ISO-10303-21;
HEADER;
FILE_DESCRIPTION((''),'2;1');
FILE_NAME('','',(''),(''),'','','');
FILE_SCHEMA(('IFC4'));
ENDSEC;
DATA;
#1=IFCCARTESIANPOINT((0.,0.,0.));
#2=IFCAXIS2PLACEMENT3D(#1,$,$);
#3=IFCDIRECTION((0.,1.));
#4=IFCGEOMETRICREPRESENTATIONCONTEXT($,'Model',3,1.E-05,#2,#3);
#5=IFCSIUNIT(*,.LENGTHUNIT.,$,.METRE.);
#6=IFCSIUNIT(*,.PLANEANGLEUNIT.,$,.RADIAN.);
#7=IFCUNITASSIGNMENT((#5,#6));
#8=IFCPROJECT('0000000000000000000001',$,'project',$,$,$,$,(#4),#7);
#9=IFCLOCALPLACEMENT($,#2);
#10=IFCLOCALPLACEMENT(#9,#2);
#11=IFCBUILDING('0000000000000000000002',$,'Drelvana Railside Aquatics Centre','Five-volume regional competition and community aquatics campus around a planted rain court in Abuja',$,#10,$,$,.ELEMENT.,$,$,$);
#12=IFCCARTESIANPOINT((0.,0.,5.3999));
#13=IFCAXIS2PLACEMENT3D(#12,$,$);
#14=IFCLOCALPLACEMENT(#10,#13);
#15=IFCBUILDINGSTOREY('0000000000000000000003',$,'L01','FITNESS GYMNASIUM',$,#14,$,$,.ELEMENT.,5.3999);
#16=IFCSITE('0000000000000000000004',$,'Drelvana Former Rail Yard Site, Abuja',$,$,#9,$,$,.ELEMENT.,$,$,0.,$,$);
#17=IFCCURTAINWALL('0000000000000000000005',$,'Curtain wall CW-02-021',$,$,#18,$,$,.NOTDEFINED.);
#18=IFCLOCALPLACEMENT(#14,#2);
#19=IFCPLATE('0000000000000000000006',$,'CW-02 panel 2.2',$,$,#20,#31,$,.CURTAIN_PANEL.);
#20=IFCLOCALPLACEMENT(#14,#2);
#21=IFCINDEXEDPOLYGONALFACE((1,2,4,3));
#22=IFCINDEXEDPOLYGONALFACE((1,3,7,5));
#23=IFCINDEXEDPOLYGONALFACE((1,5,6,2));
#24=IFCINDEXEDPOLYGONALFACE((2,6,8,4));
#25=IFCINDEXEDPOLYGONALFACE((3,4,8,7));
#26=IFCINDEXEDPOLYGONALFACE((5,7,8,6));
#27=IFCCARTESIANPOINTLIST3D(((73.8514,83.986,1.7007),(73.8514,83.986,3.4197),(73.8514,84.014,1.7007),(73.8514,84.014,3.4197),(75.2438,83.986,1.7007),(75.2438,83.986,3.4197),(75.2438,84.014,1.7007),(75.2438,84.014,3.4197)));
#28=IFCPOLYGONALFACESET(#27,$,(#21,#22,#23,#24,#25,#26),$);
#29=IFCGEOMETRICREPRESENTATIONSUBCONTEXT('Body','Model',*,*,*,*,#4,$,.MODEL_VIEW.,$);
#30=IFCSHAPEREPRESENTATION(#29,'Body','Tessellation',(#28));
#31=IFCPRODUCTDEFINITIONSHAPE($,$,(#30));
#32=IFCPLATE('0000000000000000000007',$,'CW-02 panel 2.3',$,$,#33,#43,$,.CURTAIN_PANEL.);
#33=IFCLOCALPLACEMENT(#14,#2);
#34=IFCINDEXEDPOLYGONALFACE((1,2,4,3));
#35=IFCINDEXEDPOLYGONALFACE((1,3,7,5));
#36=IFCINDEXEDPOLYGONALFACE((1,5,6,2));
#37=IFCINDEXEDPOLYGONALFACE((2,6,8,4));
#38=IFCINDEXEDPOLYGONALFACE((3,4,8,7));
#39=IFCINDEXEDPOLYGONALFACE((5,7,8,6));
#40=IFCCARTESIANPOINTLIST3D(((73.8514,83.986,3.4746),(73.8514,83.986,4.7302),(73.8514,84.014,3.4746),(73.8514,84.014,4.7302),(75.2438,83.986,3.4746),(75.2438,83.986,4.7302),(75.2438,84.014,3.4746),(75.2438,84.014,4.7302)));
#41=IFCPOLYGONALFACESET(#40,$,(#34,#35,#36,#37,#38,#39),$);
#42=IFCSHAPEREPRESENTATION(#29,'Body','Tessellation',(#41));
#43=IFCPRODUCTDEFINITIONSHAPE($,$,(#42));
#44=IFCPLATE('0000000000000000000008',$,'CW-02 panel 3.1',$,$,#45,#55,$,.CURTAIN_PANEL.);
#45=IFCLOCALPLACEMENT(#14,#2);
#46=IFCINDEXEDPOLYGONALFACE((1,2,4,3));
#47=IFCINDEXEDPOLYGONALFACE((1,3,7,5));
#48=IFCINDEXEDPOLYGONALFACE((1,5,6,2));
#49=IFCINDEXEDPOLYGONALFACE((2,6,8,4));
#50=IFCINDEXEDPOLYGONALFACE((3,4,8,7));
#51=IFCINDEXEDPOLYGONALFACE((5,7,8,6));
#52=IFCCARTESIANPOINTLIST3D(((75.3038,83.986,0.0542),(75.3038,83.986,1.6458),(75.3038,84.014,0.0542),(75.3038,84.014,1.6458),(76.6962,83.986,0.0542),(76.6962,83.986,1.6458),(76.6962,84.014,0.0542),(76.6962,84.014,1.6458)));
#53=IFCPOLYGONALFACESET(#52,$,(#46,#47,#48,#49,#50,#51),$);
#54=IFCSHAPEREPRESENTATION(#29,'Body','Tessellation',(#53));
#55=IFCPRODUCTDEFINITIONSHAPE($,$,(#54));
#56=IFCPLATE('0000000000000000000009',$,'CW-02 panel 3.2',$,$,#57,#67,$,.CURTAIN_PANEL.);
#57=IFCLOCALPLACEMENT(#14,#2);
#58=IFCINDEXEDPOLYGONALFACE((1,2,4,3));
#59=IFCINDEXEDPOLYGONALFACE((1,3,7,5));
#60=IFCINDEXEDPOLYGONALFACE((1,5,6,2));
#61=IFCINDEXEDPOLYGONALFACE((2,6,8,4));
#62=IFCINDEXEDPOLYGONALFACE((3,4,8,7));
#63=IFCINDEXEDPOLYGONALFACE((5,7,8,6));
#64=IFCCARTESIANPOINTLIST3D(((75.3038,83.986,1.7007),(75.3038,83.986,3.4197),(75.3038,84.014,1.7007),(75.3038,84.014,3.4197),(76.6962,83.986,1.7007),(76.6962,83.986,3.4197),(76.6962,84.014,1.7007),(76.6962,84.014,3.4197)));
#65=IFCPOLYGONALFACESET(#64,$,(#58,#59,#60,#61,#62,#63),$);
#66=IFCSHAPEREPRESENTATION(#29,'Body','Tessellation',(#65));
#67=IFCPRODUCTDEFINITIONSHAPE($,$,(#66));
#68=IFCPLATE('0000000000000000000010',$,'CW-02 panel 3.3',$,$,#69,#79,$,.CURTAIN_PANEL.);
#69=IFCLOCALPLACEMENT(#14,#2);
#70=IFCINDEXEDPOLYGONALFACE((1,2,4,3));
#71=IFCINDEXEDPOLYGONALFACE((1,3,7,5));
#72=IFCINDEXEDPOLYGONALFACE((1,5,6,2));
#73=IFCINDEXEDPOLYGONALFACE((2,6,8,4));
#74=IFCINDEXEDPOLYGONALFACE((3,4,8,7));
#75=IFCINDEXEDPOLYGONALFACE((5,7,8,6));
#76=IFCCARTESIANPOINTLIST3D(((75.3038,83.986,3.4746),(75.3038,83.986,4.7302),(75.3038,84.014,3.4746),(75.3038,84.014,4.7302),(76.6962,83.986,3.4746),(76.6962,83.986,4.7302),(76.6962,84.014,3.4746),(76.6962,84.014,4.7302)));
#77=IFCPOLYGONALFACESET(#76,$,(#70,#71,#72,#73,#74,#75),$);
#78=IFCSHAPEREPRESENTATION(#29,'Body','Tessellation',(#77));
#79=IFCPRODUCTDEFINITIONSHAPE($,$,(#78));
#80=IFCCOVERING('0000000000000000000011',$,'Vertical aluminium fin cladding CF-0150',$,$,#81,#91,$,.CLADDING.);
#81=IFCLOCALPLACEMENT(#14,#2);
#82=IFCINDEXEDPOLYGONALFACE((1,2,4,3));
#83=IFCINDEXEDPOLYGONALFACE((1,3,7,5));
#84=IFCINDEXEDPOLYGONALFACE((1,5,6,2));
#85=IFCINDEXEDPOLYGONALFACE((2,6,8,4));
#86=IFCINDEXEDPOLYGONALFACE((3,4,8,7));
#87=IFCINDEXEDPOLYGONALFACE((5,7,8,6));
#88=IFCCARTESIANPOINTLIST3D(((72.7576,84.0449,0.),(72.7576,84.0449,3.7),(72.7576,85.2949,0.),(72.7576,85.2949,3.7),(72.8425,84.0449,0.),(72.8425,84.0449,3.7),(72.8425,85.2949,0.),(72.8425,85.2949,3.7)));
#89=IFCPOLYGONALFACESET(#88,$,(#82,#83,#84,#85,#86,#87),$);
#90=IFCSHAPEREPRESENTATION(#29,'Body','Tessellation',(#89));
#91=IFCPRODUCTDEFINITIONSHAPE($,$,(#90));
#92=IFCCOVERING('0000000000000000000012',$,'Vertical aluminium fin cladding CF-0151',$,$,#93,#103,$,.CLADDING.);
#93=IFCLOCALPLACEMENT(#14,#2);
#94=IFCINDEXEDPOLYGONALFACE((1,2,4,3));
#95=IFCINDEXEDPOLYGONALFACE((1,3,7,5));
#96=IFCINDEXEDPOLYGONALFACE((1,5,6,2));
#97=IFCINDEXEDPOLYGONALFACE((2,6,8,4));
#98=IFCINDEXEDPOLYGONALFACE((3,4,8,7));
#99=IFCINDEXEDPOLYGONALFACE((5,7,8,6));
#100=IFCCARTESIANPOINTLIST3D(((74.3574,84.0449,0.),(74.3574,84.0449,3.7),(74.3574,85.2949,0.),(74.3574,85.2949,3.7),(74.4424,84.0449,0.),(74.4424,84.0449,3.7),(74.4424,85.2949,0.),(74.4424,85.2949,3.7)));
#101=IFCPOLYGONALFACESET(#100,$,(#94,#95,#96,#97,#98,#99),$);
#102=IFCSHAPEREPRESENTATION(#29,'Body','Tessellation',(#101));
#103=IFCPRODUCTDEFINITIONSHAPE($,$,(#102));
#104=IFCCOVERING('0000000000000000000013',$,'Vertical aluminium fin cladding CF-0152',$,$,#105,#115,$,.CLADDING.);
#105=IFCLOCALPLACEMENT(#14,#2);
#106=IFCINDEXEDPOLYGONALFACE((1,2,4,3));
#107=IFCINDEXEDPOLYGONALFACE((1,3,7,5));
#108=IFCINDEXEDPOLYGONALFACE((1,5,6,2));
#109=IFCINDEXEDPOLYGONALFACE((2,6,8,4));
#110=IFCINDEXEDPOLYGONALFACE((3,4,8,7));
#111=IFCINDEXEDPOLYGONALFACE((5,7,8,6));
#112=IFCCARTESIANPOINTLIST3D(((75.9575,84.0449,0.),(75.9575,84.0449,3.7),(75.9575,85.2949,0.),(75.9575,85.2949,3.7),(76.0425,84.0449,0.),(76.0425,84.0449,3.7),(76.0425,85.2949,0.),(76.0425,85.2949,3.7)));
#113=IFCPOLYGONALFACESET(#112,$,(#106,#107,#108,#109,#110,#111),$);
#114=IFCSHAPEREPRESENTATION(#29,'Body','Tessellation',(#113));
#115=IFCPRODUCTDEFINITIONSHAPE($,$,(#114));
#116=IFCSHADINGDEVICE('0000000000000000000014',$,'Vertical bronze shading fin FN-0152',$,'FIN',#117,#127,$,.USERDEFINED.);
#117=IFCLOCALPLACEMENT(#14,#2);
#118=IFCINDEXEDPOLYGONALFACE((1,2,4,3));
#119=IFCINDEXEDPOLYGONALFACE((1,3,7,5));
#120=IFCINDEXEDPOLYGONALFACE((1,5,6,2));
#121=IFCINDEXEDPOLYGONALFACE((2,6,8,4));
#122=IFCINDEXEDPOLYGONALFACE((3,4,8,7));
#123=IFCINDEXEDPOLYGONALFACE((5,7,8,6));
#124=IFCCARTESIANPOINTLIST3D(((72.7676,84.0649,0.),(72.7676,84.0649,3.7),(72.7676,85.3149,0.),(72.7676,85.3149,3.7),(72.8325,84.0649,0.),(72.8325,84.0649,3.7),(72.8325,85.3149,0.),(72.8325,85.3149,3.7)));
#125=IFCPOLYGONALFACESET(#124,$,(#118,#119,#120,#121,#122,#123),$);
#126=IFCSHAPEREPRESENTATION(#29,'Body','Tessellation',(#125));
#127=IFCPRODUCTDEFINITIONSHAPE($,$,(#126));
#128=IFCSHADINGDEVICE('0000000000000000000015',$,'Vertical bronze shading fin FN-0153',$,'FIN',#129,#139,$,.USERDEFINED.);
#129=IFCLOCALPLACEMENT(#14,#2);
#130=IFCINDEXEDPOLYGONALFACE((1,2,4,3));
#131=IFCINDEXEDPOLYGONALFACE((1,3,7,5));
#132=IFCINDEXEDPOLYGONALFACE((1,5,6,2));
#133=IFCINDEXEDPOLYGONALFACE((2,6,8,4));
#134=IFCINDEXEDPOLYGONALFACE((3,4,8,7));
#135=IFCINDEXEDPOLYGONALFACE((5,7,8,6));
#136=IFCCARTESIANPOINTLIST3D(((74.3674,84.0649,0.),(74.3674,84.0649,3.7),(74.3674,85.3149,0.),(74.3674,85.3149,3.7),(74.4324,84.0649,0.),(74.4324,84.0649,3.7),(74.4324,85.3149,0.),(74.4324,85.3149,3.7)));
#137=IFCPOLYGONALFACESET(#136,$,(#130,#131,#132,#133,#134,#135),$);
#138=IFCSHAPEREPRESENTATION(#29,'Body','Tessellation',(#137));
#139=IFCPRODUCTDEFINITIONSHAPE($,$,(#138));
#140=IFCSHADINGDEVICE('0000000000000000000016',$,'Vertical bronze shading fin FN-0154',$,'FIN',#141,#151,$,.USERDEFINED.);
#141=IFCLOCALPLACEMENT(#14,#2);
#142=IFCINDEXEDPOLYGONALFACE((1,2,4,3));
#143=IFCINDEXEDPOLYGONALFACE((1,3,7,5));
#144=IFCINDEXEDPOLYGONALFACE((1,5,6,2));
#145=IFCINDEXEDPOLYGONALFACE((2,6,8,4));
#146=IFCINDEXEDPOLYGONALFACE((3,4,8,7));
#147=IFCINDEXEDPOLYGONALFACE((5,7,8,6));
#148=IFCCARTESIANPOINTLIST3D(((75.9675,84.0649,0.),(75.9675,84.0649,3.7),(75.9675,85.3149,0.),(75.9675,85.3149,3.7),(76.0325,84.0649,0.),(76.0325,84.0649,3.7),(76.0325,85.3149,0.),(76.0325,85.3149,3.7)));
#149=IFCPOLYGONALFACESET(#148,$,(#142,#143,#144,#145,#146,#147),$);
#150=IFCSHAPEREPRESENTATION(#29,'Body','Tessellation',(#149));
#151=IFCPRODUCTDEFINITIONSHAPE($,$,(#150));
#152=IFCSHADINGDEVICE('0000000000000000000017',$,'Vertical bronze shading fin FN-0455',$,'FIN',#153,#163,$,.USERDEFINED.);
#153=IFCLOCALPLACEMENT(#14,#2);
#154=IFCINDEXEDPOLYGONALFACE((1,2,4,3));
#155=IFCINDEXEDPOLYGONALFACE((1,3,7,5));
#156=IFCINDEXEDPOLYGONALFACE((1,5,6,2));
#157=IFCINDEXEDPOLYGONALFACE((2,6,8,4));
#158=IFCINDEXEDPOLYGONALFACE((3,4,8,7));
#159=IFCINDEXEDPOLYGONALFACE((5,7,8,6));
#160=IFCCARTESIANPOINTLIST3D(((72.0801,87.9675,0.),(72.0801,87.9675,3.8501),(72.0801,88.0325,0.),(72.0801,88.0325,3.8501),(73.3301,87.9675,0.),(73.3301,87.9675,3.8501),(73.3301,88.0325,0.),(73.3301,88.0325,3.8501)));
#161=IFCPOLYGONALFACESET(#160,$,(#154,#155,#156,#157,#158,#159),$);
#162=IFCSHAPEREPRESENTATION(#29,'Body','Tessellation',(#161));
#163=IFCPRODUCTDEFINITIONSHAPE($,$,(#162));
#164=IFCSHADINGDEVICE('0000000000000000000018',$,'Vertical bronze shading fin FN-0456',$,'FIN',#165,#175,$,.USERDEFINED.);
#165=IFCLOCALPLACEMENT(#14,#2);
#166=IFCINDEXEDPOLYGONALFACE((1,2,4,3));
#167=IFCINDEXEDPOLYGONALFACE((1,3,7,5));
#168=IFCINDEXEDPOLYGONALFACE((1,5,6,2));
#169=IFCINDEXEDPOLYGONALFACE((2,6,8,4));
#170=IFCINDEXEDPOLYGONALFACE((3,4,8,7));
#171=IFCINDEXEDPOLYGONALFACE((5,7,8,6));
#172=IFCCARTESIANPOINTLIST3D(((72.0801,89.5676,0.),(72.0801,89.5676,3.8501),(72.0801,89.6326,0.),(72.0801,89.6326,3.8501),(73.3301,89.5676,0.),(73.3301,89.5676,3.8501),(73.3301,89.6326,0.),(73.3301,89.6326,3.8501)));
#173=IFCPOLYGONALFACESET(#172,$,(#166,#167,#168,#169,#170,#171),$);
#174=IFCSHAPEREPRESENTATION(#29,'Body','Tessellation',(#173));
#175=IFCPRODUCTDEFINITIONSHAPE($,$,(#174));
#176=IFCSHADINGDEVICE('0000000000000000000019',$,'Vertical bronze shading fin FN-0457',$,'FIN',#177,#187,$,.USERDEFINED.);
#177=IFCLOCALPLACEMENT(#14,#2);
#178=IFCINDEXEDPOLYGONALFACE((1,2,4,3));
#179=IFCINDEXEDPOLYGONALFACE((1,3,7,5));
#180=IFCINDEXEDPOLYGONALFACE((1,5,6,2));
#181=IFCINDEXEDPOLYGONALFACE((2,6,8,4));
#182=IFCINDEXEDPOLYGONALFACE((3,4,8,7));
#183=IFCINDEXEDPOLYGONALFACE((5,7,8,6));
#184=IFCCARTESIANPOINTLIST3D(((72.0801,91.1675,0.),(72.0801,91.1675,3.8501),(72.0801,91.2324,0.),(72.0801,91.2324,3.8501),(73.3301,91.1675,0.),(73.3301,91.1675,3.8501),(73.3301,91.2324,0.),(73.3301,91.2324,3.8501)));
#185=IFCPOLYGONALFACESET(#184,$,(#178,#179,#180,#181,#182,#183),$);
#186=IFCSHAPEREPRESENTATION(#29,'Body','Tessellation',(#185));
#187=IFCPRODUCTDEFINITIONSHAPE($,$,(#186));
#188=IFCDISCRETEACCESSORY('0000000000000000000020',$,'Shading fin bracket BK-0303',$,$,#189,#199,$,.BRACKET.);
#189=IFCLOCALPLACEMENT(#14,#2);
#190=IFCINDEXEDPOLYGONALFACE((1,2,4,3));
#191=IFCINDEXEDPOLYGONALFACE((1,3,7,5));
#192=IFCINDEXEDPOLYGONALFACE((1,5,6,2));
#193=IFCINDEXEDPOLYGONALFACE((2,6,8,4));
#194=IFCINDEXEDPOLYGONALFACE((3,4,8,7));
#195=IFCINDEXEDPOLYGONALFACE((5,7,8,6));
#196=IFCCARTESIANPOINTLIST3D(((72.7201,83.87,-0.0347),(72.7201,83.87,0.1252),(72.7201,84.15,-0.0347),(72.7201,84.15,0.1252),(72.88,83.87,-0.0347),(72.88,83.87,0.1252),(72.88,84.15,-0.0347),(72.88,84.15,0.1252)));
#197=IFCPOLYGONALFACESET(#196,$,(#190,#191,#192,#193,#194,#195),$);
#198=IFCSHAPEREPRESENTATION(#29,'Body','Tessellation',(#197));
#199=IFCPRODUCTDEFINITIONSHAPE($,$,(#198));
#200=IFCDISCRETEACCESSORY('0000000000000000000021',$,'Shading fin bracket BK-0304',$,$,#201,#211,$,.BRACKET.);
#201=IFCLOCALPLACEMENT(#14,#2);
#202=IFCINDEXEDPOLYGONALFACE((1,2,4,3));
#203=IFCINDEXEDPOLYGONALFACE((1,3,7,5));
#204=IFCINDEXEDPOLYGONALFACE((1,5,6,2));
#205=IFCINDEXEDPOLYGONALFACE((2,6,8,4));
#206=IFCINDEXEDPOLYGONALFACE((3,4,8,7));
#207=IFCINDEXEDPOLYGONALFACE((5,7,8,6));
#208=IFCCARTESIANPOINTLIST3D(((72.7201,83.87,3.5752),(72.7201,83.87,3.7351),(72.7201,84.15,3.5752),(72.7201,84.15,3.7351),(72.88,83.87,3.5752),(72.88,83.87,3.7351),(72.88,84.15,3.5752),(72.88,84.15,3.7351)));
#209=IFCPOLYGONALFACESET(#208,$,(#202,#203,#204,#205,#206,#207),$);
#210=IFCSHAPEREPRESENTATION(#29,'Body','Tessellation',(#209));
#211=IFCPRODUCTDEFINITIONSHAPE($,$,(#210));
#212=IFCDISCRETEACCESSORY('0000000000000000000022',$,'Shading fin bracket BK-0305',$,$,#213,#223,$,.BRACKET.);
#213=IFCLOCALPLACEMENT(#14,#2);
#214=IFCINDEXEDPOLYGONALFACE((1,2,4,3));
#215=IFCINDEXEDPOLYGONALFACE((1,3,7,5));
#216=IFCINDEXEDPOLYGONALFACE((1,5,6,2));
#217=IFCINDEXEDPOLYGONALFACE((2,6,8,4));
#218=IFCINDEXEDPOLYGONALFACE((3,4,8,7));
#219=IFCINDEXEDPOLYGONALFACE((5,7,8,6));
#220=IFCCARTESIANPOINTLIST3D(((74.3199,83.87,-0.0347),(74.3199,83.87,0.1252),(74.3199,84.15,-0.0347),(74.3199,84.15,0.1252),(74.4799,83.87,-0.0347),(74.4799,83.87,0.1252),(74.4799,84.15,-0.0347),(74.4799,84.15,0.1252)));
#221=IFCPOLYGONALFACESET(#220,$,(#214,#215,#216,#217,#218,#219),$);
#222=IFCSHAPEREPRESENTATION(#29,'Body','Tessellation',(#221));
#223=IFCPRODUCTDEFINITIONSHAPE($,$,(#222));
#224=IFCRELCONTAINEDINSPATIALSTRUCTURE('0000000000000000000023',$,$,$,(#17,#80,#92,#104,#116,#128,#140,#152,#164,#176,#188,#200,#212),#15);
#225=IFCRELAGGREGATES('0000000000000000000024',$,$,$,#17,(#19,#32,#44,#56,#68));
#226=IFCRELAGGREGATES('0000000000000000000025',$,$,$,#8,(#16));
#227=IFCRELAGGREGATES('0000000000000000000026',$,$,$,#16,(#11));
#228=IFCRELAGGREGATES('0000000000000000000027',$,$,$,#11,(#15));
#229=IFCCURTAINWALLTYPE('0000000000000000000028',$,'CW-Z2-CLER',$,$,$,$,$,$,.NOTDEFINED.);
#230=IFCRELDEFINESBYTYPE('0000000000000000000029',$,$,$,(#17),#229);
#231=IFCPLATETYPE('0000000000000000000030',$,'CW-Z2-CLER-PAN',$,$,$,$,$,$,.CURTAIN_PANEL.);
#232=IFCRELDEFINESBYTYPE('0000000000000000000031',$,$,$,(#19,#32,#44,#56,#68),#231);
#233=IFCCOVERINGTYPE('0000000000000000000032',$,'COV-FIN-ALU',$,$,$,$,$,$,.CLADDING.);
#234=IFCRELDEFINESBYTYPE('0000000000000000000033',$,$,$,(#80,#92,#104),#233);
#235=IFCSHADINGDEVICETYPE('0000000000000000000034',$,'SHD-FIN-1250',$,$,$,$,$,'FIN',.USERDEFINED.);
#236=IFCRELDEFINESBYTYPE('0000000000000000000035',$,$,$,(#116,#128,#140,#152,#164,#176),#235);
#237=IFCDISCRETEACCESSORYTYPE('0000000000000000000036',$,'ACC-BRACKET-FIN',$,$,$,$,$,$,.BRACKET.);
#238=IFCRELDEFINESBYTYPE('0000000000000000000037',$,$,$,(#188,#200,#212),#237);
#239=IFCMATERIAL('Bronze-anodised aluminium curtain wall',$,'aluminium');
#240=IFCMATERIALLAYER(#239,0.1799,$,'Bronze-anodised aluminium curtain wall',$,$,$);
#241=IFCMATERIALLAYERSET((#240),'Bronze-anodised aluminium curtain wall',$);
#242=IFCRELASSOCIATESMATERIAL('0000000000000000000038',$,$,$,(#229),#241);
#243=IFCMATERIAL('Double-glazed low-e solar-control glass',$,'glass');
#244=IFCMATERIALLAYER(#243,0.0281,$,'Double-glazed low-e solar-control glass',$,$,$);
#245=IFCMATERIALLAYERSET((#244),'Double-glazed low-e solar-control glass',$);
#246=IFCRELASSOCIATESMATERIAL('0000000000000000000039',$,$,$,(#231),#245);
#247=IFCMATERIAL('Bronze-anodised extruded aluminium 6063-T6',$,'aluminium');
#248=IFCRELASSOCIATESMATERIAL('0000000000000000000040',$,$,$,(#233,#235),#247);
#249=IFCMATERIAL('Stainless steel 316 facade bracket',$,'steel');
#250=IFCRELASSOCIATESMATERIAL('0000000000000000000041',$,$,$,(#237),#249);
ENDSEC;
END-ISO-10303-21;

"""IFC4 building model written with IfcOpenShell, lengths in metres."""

from ifc_helpers import new_model, si_unit, direction, frame, origin, origin_2d, place, context, subcontext, project, spatial, rectangle, extrude, material, layer, layer_set, type_object, element, aggregate, save


model = new_model("IFC4")

# Units and contexts
model_context = context("Model", 3, precision=1e-05, world=origin(), true_north=direction((0.0, 1.0)))
body_context = subcontext(model_context, "Body", "Model", "MODEL_VIEW")
ifc_project = project(units=[si_unit("LENGTHUNIT", "METRE"), si_unit("PLANEANGLEUNIT", "RADIAN")], contexts=[model_context])

# Site, building, storey
site_placement = place(None, origin())
site = spatial("IfcSite", under=ifc_project, at=site_placement, Name="Drelvana Former Rail Yard Site, Abuja", CompositionType="ELEMENT", RefElevation=0.0)
building_placement = place(site_placement, origin())
building = spatial("IfcBuilding", under=site, at=building_placement, Name="Drelvana Railside Aquatics Centre", Description="Five-volume regional competition and community aquatics campus around a planted rain court in Abuja", CompositionType="ELEMENT")
storey_placement = place(building_placement, frame((0.0, 0.0, 5.3999)))
storey = spatial("IfcBuildingStorey", under=building, at=storey_placement, Name="L01", Description="FITNESS GYMNASIUM", CompositionType="ELEMENT", Elevation=5.3999)

# Curtain wall, plates
ifc_material_1 = material(Name="Bronze-anodised aluminium curtain wall", Category="aluminium")
ifc_layer_1 = layer(ifc_material_1, 0.1799, Name="Bronze-anodised aluminium curtain wall")
ifc_layer_set_1 = layer_set([ifc_layer_1], Name="Bronze-anodised aluminium curtain wall")
curtain_wall_type = type_object("IfcCurtainWallType", Name="CW-Z2-CLER", PredefinedType="NOTDEFINED", material=ifc_layer_set_1)
curtain_wall_placement = place(storey_placement, origin())
curtain_wall = element("IfcCurtainWall", 1, at=curtain_wall_placement, inside=storey, type_object=curtain_wall_type, Name="Curtain wall CW-02-021", PredefinedType="NOTDEFINED")
ifc_material_2 = material(Name="Double-glazed low-e solar-control glass", Category="glass")
ifc_layer_2 = layer(ifc_material_2, 0.0281, Name="Double-glazed low-e solar-control glass")
ifc_layer_set_2 = layer_set([ifc_layer_2], Name="Double-glazed low-e solar-control glass")
plate_type = type_object("IfcPlateType", Name="CW-Z2-CLER-PAN", PredefinedType="CURTAIN_PANEL", material=ifc_layer_set_2)
plate_1_placement = place(storey_placement, frame((74.5476, 84.0, 1.7007), z_axis=(0.0, 0.0, 1.0), x_axis=(1.0, 0.0, 0.0)))
plate_1 = element("IfcPlate", 2, at=plate_1_placement, type_object=plate_type, Name="CW-02 panel 2.2", PredefinedType="CURTAIN_PANEL", context=body_context, shape_type="SweptSolid", body=[
    extrude(rectangle(XDim=1.3923, YDim=0.0281, at=origin_2d()), origin(), (0.0, 0.0, 1.0), 1.719),
])
plate_2_placement = place(storey_placement, frame((74.5476, 84.0, 3.4746), z_axis=(0.0, 0.0, 1.0), x_axis=(1.0, 0.0, 0.0)))
plate_2 = element("IfcPlate", 3, at=plate_2_placement, type_object=plate_type, Name="CW-02 panel 2.3", PredefinedType="CURTAIN_PANEL", context=body_context, shape_type="SweptSolid", body=[
    extrude(rectangle(XDim=1.3923, YDim=0.0281, at=origin_2d()), origin(), (0.0, 0.0, 1.0), 1.2556),
])
plate_3_placement = place(storey_placement, frame((76.0, 84.0, 0.0542), z_axis=(0.0, 0.0, 1.0), x_axis=(1.0, 0.0, 0.0)))
plate_3 = element("IfcPlate", 4, at=plate_3_placement, type_object=plate_type, Name="CW-02 panel 3.1", PredefinedType="CURTAIN_PANEL", context=body_context, shape_type="SweptSolid", body=[
    extrude(rectangle(XDim=1.3923, YDim=0.0281, at=origin_2d()), origin(), (0.0, 0.0, 1.0), 1.5916),
])
plate_4_placement = place(storey_placement, frame((76.0, 84.0, 1.7007), z_axis=(0.0, 0.0, 1.0), x_axis=(1.0, 0.0, 0.0)))
plate_4 = element("IfcPlate", 5, at=plate_4_placement, type_object=plate_type, Name="CW-02 panel 3.2", PredefinedType="CURTAIN_PANEL", context=body_context, shape_type="SweptSolid", body=[
    extrude(rectangle(XDim=1.3923, YDim=0.0281, at=origin_2d()), origin(), (0.0, 0.0, 1.0), 1.719),
])
plate_5_placement = place(storey_placement, frame((76.0, 84.0, 3.4746), z_axis=(0.0, 0.0, 1.0), x_axis=(1.0, 0.0, 0.0)))
plate_5 = element("IfcPlate", 6, at=plate_5_placement, type_object=plate_type, Name="CW-02 panel 3.3", PredefinedType="CURTAIN_PANEL", context=body_context, shape_type="SweptSolid", body=[
    extrude(rectangle(XDim=1.3923, YDim=0.0281, at=origin_2d()), origin(), (0.0, 0.0, 1.0), 1.2556),
])
aggregate(curtain_wall, [plate_1, plate_2, plate_3, plate_4, plate_5])

# Coverings
ifc_material_3 = material(Name="Bronze-anodised extruded aluminium 6063-T6", Category="aluminium")
covering_type = type_object("IfcCoveringType", Name="COV-FIN-ALU", PredefinedType="CLADDING", material=ifc_material_3)
for number, where, z_axis, x_axis, name in (
    (7, (72.8, 84.6699, 0.0), (0.0, 0.0, 1.0), (1.0, 0.0, 0.0), "Vertical aluminium fin cladding CF-0150"),
    (8, (74.3999, 84.6699, 0.0), (0.0, 0.0, 1.0), (1.0, 0.0, 0.0), "Vertical aluminium fin cladding CF-0151"),
    (9, (76.0, 84.6699, 0.0), (0.0, 0.0, 1.0), (1.0, 0.0, 0.0), "Vertical aluminium fin cladding CF-0152"),
):
    element("IfcCovering", number, at=place(storey_placement, frame(where, z_axis=z_axis, x_axis=x_axis)), inside=storey, type_object=covering_type, Name=name, PredefinedType="CLADDING", context=body_context, shape_type="SweptSolid", body=[
        extrude(rectangle(XDim=0.085, YDim=1.25, at=origin_2d()), origin(), (0.0, 0.0, 1.0), 3.7),
    ])

# Shading devices
shading_device_type = type_object("IfcShadingDeviceType", Name="SHD-FIN-1250", ElementType="FIN", PredefinedType="USERDEFINED", material=ifc_material_3)
for number, where, z_axis, x_axis, name in (
    (10, (72.8, 84.6899, 0.0), (0.0, 0.0, 1.0), (0.0, 1.0, 0.0), "Vertical bronze shading fin FN-0152"),
    (11, (74.3999, 84.6899, 0.0), (0.0, 0.0, 1.0), (0.0, 1.0, 0.0), "Vertical bronze shading fin FN-0153"),
    (12, (76.0, 84.6899, 0.0), (0.0, 0.0, 1.0), (0.0, 1.0, 0.0), "Vertical bronze shading fin FN-0154"),
):
    element("IfcShadingDevice", number, at=place(storey_placement, frame(where, z_axis=z_axis, x_axis=x_axis)), inside=storey, type_object=shading_device_type, Name=name, ObjectType="FIN", PredefinedType="USERDEFINED", context=body_context, shape_type="SweptSolid", body=[
        extrude(rectangle(XDim=1.25, YDim=0.0649, at=origin_2d()), origin(), (0.0, 0.0, 1.0), 3.7),
    ])
for number, where, z_axis, x_axis, name in (
    (13, (72.7051, 88.0, 0.0), (0.0, 0.0, 1.0), (1.0, 0.0, 0.0), "Vertical bronze shading fin FN-0455"),
    (14, (72.7051, 89.6001, 0.0), (0.0, 0.0, 1.0), (1.0, 0.0, 0.0), "Vertical bronze shading fin FN-0456"),
    (15, (72.7051, 91.2, 0.0), (0.0, 0.0, 1.0), (1.0, 0.0, 0.0), "Vertical bronze shading fin FN-0457"),
):
    element("IfcShadingDevice", number, at=place(storey_placement, frame(where, z_axis=z_axis, x_axis=x_axis)), inside=storey, type_object=shading_device_type, Name=name, ObjectType="FIN", PredefinedType="USERDEFINED", context=body_context, shape_type="SweptSolid", body=[
        extrude(rectangle(XDim=1.25, YDim=0.0649, at=origin_2d()), origin(), (0.0, 0.0, 1.0), 3.8501),
    ])

# Discrete accessories
ifc_material_4 = material(Name="Stainless steel 316 facade bracket", Category="steel")
discrete_accessory_type = type_object("IfcDiscreteAccessoryType", Name="ACC-BRACKET-FIN", PredefinedType="BRACKET", material=ifc_material_4)
for number, where, z_axis, x_axis, name in (
    (16, (72.8, 84.01, -0.0347), (0.0, 0.0, 1.0), (0.0, 1.0, 0.0), "Shading fin bracket BK-0303"),
    (17, (72.8, 84.01, 3.5752), (0.0, 0.0, 1.0), (0.0, 1.0, 0.0), "Shading fin bracket BK-0304"),
    (18, (74.3999, 84.01, -0.0347), (0.0, 0.0, 1.0), (0.0, 1.0, 0.0), "Shading fin bracket BK-0305"),
):
    element("IfcDiscreteAccessory", number, at=place(storey_placement, frame(where, z_axis=z_axis, x_axis=x_axis)), inside=storey, type_object=discrete_accessory_type, Name=name, PredefinedType="BRACKET", context=body_context, shape_type="SweptSolid", body=[
        extrude(rectangle(XDim=0.28, YDim=0.1599, at=origin_2d()), origin(), (0.0, 0.0, 1.0), 0.1599),
    ])

save(model, "model.ifc")
